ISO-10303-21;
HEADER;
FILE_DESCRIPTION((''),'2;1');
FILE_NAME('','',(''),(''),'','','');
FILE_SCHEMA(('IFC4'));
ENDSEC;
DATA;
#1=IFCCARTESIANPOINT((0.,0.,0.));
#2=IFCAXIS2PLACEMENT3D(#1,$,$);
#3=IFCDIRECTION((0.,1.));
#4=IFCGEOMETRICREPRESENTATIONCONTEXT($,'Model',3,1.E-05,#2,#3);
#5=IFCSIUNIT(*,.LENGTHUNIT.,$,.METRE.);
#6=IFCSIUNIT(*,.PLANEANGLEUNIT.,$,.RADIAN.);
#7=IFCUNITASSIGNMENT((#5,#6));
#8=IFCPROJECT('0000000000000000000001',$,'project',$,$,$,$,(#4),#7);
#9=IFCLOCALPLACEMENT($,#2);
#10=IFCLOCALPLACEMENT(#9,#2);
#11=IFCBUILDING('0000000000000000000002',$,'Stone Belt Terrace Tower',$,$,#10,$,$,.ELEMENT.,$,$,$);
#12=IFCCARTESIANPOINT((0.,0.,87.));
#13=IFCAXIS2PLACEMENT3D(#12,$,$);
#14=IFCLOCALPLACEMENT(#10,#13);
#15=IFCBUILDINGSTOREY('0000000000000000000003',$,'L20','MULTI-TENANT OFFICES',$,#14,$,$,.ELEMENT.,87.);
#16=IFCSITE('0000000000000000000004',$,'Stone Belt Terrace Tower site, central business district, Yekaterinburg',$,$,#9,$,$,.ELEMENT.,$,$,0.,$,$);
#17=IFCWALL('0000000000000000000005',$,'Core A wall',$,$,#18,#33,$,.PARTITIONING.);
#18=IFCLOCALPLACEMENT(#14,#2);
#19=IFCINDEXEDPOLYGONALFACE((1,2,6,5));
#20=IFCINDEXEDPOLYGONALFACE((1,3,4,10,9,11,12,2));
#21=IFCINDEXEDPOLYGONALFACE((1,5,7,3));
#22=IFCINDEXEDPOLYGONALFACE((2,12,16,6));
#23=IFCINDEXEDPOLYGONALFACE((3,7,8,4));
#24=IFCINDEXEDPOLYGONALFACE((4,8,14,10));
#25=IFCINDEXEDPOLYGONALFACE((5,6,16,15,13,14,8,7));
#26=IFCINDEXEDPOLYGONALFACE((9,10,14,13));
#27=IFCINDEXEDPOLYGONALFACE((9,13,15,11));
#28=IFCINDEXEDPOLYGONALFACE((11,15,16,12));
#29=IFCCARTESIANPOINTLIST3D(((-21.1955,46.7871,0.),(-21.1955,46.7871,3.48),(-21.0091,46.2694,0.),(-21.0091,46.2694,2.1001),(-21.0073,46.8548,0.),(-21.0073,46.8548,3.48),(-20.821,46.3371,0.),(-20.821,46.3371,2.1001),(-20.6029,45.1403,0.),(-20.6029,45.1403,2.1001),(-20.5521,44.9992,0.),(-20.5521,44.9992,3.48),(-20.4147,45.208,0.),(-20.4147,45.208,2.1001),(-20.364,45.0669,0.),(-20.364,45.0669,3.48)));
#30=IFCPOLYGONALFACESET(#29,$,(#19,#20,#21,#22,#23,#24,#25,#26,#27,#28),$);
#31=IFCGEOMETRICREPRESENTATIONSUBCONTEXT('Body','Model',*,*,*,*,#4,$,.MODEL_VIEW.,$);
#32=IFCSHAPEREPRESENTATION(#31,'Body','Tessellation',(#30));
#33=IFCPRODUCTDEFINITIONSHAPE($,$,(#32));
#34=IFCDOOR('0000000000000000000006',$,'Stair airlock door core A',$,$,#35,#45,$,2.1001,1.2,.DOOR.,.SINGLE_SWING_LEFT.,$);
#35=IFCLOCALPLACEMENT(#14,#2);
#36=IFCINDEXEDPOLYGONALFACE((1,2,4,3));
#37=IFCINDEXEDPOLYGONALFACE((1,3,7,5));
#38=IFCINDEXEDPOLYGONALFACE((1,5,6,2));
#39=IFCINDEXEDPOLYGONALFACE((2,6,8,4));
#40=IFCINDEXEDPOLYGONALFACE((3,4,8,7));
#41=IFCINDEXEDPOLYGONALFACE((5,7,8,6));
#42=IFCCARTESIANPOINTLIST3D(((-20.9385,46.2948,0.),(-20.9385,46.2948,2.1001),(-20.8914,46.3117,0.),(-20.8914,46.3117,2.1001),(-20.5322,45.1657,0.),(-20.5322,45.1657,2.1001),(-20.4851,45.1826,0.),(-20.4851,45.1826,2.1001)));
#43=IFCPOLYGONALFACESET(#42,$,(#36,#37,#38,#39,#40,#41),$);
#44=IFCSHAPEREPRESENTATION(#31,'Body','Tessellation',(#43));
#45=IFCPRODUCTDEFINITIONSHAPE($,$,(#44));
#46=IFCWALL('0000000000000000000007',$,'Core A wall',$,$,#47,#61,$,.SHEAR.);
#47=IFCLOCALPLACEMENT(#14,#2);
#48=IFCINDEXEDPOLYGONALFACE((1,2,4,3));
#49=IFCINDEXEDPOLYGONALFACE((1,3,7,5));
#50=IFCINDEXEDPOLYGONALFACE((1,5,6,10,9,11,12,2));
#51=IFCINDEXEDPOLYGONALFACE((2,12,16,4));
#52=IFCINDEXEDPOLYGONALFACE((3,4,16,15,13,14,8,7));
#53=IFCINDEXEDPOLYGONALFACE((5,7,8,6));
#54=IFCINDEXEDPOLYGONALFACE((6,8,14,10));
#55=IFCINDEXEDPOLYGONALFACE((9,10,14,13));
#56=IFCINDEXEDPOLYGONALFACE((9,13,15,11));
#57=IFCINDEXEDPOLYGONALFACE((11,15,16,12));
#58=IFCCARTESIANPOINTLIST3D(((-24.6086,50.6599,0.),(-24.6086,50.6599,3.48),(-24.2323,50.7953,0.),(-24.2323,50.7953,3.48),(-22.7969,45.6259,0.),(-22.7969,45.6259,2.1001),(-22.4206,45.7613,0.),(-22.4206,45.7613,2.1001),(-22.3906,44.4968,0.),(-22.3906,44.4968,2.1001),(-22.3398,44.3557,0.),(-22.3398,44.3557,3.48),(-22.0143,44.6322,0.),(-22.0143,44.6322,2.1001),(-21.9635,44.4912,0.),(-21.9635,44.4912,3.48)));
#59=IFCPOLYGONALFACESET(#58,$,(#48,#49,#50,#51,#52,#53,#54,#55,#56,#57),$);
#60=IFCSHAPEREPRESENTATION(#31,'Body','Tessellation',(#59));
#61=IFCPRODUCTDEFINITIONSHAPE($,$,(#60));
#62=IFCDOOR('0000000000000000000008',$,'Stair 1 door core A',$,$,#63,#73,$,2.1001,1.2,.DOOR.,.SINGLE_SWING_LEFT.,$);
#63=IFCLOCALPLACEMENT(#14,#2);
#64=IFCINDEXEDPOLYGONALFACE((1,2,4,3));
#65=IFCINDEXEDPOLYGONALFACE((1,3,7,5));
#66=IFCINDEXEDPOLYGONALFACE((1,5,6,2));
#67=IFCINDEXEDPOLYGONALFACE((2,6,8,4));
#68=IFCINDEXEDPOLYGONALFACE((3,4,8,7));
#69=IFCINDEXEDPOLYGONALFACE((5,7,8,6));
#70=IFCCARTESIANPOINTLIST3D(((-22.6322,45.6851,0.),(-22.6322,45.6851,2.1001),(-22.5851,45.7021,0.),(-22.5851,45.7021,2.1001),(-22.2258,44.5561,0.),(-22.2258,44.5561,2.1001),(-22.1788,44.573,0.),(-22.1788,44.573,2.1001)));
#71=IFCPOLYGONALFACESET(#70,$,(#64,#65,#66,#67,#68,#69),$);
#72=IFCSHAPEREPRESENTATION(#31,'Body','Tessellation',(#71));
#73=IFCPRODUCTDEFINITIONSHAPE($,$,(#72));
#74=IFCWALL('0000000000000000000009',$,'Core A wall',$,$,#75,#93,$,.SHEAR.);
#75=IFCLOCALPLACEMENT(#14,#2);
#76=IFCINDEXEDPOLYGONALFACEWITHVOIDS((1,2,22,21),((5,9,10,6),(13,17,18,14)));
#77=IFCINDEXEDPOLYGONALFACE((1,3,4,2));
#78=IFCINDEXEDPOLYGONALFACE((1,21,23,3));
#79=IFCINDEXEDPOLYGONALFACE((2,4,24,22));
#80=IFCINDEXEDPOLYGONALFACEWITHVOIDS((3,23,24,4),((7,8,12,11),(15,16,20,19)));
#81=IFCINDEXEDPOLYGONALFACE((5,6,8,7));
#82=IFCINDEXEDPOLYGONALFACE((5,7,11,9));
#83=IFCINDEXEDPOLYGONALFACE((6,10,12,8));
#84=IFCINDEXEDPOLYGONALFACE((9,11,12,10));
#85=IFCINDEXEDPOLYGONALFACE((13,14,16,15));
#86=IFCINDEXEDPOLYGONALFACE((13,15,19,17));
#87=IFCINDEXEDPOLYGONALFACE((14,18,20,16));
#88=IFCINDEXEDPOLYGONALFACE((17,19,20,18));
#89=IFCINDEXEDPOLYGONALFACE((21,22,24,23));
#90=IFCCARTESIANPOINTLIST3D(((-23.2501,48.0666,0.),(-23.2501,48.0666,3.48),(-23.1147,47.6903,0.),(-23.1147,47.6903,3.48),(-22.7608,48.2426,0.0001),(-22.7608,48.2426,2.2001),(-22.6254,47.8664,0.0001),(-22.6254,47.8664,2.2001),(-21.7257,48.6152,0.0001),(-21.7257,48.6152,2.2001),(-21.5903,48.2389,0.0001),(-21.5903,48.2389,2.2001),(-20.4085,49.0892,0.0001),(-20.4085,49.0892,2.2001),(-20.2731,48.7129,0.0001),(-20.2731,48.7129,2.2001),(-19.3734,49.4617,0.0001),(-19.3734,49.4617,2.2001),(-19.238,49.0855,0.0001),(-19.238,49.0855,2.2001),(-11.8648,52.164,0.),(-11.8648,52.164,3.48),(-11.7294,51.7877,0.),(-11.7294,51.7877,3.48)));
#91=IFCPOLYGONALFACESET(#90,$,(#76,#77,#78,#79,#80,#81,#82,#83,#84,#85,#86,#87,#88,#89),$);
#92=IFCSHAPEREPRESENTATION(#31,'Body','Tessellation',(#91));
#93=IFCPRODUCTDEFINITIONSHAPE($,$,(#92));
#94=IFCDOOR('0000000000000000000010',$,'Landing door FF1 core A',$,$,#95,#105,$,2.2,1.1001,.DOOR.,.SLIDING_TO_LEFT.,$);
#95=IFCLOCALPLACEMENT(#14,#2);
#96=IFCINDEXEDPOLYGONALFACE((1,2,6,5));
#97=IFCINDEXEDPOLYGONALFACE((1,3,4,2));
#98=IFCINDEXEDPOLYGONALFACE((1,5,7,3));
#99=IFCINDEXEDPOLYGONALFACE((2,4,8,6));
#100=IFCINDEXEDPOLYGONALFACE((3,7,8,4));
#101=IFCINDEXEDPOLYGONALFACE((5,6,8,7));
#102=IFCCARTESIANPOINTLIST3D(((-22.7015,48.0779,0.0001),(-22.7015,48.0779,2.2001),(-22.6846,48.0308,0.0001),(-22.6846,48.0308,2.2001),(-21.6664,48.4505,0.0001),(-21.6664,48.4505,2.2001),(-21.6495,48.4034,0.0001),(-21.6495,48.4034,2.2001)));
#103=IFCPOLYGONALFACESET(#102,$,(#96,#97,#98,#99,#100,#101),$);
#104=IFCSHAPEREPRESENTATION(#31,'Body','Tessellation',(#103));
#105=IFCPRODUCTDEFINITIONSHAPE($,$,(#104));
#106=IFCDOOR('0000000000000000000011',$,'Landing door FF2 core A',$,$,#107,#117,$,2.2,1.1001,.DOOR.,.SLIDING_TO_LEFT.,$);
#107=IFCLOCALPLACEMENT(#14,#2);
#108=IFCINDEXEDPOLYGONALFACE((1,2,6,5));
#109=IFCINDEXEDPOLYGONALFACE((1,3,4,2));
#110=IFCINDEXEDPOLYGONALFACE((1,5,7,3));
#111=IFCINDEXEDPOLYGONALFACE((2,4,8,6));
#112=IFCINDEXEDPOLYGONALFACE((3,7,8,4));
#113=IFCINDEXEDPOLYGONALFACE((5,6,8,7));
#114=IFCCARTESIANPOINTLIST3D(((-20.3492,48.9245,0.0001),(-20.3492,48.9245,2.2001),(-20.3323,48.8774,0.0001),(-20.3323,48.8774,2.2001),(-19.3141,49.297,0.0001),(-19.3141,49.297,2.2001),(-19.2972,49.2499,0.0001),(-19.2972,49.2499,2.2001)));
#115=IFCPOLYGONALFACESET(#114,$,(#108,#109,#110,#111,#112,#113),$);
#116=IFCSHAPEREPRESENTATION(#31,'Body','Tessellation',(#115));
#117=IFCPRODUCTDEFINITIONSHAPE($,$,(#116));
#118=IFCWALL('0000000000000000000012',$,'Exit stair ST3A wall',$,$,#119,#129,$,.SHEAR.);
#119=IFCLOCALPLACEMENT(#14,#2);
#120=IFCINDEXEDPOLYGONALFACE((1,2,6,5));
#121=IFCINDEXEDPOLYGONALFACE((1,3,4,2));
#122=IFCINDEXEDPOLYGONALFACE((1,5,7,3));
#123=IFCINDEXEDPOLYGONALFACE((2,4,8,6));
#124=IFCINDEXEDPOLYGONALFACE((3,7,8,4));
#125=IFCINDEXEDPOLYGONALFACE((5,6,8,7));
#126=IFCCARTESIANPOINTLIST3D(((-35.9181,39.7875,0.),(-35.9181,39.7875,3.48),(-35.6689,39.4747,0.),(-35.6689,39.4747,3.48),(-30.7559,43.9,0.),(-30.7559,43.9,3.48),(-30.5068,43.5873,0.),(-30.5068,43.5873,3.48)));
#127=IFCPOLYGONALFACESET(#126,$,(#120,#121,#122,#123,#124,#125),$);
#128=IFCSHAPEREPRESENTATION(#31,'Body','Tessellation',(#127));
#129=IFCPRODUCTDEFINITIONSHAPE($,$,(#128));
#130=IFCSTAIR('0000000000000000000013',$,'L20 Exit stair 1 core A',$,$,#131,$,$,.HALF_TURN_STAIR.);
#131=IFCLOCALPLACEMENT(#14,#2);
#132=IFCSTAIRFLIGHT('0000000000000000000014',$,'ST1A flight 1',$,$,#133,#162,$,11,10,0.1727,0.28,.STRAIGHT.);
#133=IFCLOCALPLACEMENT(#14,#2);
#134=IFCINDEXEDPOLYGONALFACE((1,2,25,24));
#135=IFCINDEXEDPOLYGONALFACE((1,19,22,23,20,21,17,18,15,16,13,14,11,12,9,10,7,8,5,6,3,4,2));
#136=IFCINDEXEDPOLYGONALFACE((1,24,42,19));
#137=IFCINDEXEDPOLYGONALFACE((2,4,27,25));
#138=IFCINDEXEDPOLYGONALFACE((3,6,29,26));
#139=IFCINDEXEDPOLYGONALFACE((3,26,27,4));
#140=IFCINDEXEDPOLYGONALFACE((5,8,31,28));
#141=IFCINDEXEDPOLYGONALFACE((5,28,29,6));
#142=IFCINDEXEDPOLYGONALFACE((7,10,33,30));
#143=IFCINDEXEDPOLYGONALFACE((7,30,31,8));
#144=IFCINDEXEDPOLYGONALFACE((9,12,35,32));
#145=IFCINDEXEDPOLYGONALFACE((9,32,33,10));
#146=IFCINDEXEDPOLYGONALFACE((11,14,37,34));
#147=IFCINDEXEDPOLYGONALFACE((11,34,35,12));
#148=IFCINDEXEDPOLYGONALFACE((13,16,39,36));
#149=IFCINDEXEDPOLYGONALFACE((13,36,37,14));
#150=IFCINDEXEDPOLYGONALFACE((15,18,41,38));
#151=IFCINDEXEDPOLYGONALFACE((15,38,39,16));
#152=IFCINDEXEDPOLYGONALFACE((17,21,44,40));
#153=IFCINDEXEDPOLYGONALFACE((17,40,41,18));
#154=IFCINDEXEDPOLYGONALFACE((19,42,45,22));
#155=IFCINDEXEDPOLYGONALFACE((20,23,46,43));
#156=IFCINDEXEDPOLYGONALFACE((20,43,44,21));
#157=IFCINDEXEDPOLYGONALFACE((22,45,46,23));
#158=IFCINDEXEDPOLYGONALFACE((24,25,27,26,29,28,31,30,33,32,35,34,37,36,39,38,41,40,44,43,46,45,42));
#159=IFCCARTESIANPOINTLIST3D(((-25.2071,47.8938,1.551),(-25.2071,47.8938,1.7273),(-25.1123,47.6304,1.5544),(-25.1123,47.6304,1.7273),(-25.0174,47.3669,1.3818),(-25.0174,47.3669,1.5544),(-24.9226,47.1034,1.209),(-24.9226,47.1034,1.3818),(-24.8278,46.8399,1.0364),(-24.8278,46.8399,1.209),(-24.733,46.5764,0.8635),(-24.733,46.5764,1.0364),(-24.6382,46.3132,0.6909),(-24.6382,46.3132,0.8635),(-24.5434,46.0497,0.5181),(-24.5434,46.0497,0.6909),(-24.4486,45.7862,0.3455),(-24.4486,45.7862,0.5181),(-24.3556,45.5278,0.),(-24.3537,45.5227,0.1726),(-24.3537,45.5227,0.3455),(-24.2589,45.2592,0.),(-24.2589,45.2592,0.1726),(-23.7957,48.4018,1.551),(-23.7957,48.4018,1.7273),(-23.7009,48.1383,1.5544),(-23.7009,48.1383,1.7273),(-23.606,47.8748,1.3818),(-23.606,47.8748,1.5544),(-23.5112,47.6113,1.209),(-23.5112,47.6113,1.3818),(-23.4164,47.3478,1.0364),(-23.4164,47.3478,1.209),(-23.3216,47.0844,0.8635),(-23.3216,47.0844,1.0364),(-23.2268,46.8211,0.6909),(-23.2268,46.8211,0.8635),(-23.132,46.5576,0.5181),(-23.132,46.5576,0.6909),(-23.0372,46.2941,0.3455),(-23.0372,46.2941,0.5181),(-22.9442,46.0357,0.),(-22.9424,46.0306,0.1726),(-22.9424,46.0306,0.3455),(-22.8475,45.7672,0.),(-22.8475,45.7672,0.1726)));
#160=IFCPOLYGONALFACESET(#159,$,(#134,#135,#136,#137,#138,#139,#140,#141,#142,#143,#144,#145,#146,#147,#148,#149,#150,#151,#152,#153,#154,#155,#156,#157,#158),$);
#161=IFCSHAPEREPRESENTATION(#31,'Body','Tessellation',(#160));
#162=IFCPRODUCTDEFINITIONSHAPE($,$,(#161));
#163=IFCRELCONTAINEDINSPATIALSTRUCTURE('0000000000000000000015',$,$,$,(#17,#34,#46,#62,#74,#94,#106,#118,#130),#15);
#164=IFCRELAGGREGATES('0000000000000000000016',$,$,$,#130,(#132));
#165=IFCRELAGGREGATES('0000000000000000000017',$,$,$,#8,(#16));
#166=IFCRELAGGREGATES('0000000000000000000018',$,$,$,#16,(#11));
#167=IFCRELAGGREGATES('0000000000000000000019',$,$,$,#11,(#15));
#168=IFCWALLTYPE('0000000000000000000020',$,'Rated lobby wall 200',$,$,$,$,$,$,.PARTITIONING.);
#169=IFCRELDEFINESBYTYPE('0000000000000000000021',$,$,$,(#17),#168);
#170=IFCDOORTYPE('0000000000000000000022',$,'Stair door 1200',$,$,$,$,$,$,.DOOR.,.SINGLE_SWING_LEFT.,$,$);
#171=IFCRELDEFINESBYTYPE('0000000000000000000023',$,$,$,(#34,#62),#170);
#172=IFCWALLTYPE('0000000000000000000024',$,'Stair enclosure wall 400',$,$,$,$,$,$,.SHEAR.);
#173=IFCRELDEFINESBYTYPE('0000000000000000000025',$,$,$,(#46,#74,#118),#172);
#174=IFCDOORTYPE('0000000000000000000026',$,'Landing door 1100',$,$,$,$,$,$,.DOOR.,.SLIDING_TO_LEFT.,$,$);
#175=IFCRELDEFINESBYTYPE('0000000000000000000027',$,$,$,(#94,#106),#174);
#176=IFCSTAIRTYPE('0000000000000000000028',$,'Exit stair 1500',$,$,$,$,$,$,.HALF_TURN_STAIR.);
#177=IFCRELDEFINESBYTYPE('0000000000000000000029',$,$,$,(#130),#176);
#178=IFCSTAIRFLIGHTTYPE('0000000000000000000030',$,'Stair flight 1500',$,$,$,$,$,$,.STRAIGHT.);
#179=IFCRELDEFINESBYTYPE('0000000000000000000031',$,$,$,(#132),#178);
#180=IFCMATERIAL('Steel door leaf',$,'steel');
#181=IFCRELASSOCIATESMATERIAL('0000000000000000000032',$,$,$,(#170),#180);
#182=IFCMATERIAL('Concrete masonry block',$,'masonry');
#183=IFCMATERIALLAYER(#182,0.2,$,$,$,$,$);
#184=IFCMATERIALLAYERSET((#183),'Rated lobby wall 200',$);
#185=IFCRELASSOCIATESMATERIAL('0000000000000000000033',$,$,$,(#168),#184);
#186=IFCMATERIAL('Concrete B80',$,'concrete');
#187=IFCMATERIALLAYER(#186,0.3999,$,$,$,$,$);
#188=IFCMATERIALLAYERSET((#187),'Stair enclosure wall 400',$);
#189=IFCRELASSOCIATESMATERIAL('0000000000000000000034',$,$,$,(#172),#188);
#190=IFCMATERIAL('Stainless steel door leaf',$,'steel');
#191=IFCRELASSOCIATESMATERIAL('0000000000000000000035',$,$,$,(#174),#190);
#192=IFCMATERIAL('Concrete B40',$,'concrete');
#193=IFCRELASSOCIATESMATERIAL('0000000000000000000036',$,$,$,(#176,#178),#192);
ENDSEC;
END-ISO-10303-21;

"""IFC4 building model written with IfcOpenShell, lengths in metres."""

from ifc_helpers import new_model, si_unit, direction, frame, frame_2d, origin, place, context, subcontext, project, spatial, polyline, rectangle, outline, extrude, material, layer, layer_set, type_object, element, fill, aggregate, save


model = new_model("IFC4")

# Units and contexts
model_context = context("Model", 3, precision=1e-05, world=origin(), true_north=direction((0.0, 1.0)))
body_context = subcontext(model_context, "Body", "Model", "MODEL_VIEW")
ifc_project = project(units=[si_unit("LENGTHUNIT", "METRE"), si_unit("PLANEANGLEUNIT", "RADIAN")], contexts=[model_context])

# Site, building, storey
site_placement = place(None, origin())
site = spatial("IfcSite", under=ifc_project, at=site_placement, Name="Stone Belt Terrace Tower site, central business district, Yekaterinburg", CompositionType="ELEMENT", RefElevation=0.0)
building_placement = place(site_placement, origin())
building = spatial("IfcBuilding", under=site, at=building_placement, Name="Stone Belt Terrace Tower", CompositionType="ELEMENT")
storey_placement = place(building_placement, frame((0.0, 0.0, 87.0)))
storey = spatial("IfcBuildingStorey", under=building, at=storey_placement, Name="L20", Description="MULTI-TENANT OFFICES", CompositionType="ELEMENT", Elevation=87.0)

# Shared definitions
ifc_material_1 = material(Name="Concrete B80", Category="concrete")
ifc_material_2 = material(Name="Steel door leaf", Category="steel")
door_type_1 = type_object("IfcDoorType", Name="Stair door 1200", OperationType="SINGLE_SWING_LEFT", PredefinedType="DOOR", material=ifc_material_2)

# Shared definitions
ifc_material_3 = material(Name="Concrete masonry block", Category="masonry")
ifc_layer_1 = layer(ifc_material_3, 0.2)
ifc_layer_set_1 = layer_set([ifc_layer_1], Name="Rated lobby wall 200")
wall_type_1 = type_object("IfcWallType", Name="Rated lobby wall 200", PredefinedType="PARTITIONING", material=ifc_layer_set_1)

# Walls, openings, doors
wall_1_placement = place(storey_placement, frame((-20.458, 45.033, 0.0), z_axis=(0.0, 0.0, 1.0), x_axis=(-0.338574, 0.94094, 0.0)))
wall_1 = element("IfcWall", 1, at=wall_1_placement, inside=storey, type_object=wall_type_1, Name="Core A wall", PredefinedType="PARTITIONING", context=body_context, shape_type="SweptSolid", body=[
    extrude(rectangle(XDim=1.9001, YDim=0.2, at=frame_2d((0.9502, 0.0))), origin(), (0.0, 0.0, 1.0), 3.48),
])
opening_1_placement = place(wall_1_placement, frame((0.1499, 0.0, 0.0)))
opening_1 = element("IfcOpeningElement", 2, at=opening_1_placement, cuts=wall_1, PredefinedType="OPENING", context=body_context, shape_type="SweptSolid", body=[
    extrude(rectangle(XDim=1.2, YDim=2.1001, at=frame_2d((0.6001, 1.05))), frame((0.0, 0.1099, 0.0), z_axis=(0.0, -1.0, 0.0), x_axis=(1.0, 0.0, 0.0)), (0.0, 0.0, 1.0), 0.22),
])
door_1_placement = place(opening_1_placement, origin())
door_1 = element("IfcDoor", 3, at=door_1_placement, inside=storey, type_object=door_type_1, Name="Stair airlock door core A", OperationType="SINGLE_SWING_LEFT", OverallHeight=2.1001, OverallWidth=1.2, PredefinedType="DOOR", context=body_context, shape_type="SweptSolid", body=[
    extrude(rectangle(XDim=1.2, YDim=2.1001, at=frame_2d((0.6001, 1.05))), frame((0.0, 0.0249, 0.0), z_axis=(0.0, -1.0, 0.0), x_axis=(1.0, 0.0, 0.0)), (0.0, 0.0, 1.0), 0.05),
])
fill(opening_1, door_1)
ifc_layer_2 = layer(ifc_material_1, 0.3999)
ifc_layer_set_2 = layer_set([ifc_layer_2], Name="Stair enclosure wall 400")
wall_type_2 = type_object("IfcWallType", Name="Stair enclosure wall 400", PredefinedType="SHEAR", material=ifc_layer_set_2)
wall_2_placement = place(storey_placement, frame((-22.1516, 44.4233, 0.0), z_axis=(0.0, 0.0, 1.0), x_axis=(-0.338625, 0.940921, 0.0)))
wall_2 = element("IfcWall", 4, at=wall_2_placement, inside=storey, type_object=wall_type_2, Name="Core A wall", PredefinedType="SHEAR", context=body_context, shape_type="SweptSolid", body=[
    extrude(rectangle(XDim=6.7, YDim=0.3999, at=frame_2d((3.3501, 0.0))), origin(), (0.0, 0.0, 1.0), 3.48),
])
opening_2_placement = place(wall_2_placement, frame((0.1499, 0.0, 0.0)))
opening_2 = element("IfcOpeningElement", 5, at=opening_2_placement, cuts=wall_2, PredefinedType="OPENING", context=body_context, shape_type="SweptSolid", body=[
    extrude(rectangle(XDim=1.2, YDim=2.1001, at=frame_2d((0.6001, 1.05))), frame((0.0, 0.21, 0.0), z_axis=(0.0, -1.0, 0.0), x_axis=(1.0, 0.0, 0.0)), (0.0, 0.0, 1.0), 0.4199),
])
door_2_placement = place(opening_2_placement, origin())
door_2 = element("IfcDoor", 6, at=door_2_placement, inside=storey, type_object=door_type_1, Name="Stair 1 door core A", OperationType="SINGLE_SWING_LEFT", OverallHeight=2.1001, OverallWidth=1.2, PredefinedType="DOOR", context=body_context, shape_type="SweptSolid", body=[
    extrude(rectangle(XDim=1.2, YDim=2.1001, at=frame_2d((0.6001, 1.05))), frame((0.0, 0.0249, 0.0), z_axis=(0.0, -1.0, 0.0), x_axis=(1.0, 0.0, 0.0)), (0.0, 0.0, 1.0), 0.05),
])
fill(opening_2, door_2)

# Wall, openings, doors
wall_3_placement = place(storey_placement, frame((-23.1824, 47.8784, 0.0), z_axis=(0.0, 0.0, 1.0), x_axis=(0.940921, 0.338626, 0.0)))
wall_3 = element("IfcWall", 7, at=wall_3_placement, inside=storey, type_object=wall_type_2, Name="Core A wall", PredefinedType="SHEAR", context=body_context, shape_type="SweptSolid", body=[
    extrude(rectangle(XDim=12.1001, YDim=0.3999, at=frame_2d((6.05, 0.0))), origin(), (0.0, 0.0, 1.0), 3.48),
])
opening_3_placement = place(wall_3_placement, frame((0.52, 0.0, 0.0)))
opening_3 = element("IfcOpeningElement", 8, at=opening_3_placement, cuts=wall_3, PredefinedType="OPENING", context=body_context, shape_type="SweptSolid", body=[
    extrude(rectangle(XDim=1.1001, YDim=2.2, at=frame_2d((0.55, 1.1001))), frame((0.0, 0.21, 0.0), z_axis=(0.0, -1.0, 0.0), x_axis=(1.0, 0.0, 0.0)), (0.0, 0.0, 1.0), 0.4199),
])
opening_4_placement = place(wall_3_placement, frame((3.02, 0.0, 0.0)))
opening_4 = element("IfcOpeningElement", 9, at=opening_4_placement, cuts=wall_3, PredefinedType="OPENING", context=body_context, shape_type="SweptSolid", body=[
    extrude(rectangle(XDim=1.1001, YDim=2.2, at=frame_2d((0.55, 1.1001))), frame((0.0, 0.21, 0.0), z_axis=(0.0, -1.0, 0.0), x_axis=(1.0, 0.0, 0.0)), (0.0, 0.0, 1.0), 0.4199),
])
ifc_material_4 = material(Name="Stainless steel door leaf", Category="steel")
door_type_2 = type_object("IfcDoorType", Name="Landing door 1100", OperationType="SLIDING_TO_LEFT", PredefinedType="DOOR", material=ifc_material_4)
door_3_placement = place(opening_3_placement, origin())
door_3 = element("IfcDoor", 10, at=door_3_placement, inside=storey, type_object=door_type_2, Name="Landing door FF1 core A", OperationType="SLIDING_TO_LEFT", OverallHeight=2.2, OverallWidth=1.1001, PredefinedType="DOOR", context=body_context, shape_type="SweptSolid", body=[
    extrude(rectangle(XDim=1.1001, YDim=2.2, at=frame_2d((0.55, 1.1001))), frame((0.0, 0.0249, 0.0), z_axis=(0.0, -1.0, 0.0), x_axis=(1.0, 0.0, 0.0)), (0.0, 0.0, 1.0), 0.05),
])
fill(opening_3, door_3)
door_4_placement = place(opening_4_placement, origin())
door_4 = element("IfcDoor", 11, at=door_4_placement, inside=storey, type_object=door_type_2, Name="Landing door FF2 core A", OperationType="SLIDING_TO_LEFT", OverallHeight=2.2, OverallWidth=1.1001, PredefinedType="DOOR", context=body_context, shape_type="SweptSolid", body=[
    extrude(rectangle(XDim=1.1001, YDim=2.2, at=frame_2d((0.55, 1.1001))), frame((0.0, 0.0249, 0.0), z_axis=(0.0, -1.0, 0.0), x_axis=(1.0, 0.0, 0.0)), (0.0, 0.0, 1.0), 0.05),
])
fill(opening_4, door_4)

# Wall
wall_4_placement = place(storey_placement, frame((-30.6313, 43.7437, 0.0), z_axis=(0.0, 0.0, 1.0), x_axis=(-0.782134, -0.62311, 0.0)))
element("IfcWall", 12, at=wall_4_placement, inside=storey, type_object=wall_type_2, Name="Exit stair ST3A wall", PredefinedType="SHEAR", context=body_context, shape_type="SweptSolid", body=[
    extrude(rectangle(XDim=6.6001, YDim=0.3999, at=frame_2d((3.3, 0.0))), origin(), (0.0, 0.0, 1.0), 3.48),
])

# Stair, stair flight
ifc_material_5 = material(Name="Concrete B40", Category="concrete")
stair_type = type_object("IfcStairType", Name="Exit stair 1500", PredefinedType="HALF_TURN_STAIR", material=ifc_material_5)
stair_placement = place(storey_placement, origin())
stair = element("IfcStair", 13, at=stair_placement, inside=storey, type_object=stair_type, Name="L20 Exit stair 1 core A", PredefinedType="HALF_TURN_STAIR")
stair_flight_type = type_object("IfcStairFlightType", Name="Stair flight 1500", PredefinedType="STRAIGHT", material=ifc_material_5)
stair_flight_1_placement = place(storey_placement, frame((-23.5532, 45.5132, 0.0), z_axis=(0.0, 0.0, 1.0), x_axis=(-0.338624, 0.940922, 0.0)))
stair_flight_1 = element("IfcStairFlight", 14, at=stair_flight_1_placement, type_object=stair_flight_type, Name="ST1A flight 1", NumberOfRisers=11, NumberOfTreads=10, PredefinedType="STRAIGHT", RiserHeight=0.1727, TreadLength=0.28, context=body_context, shape_type="SweptSolid", body=[
    extrude(outline(polyline([(0.0, 0.0), (0.0, 0.1726), (0.28, 0.1726), (0.28, 0.3455), (0.5601, 0.3455), (0.5601, 0.5181), (0.8401, 0.5181), (0.8401, 0.6909), (1.1201, 0.6909), (1.1201, 0.8635), (1.3999, 0.8635), (1.3999, 1.0364), (1.6799, 1.0364), (1.6799, 1.209), (1.96, 1.209), (1.96, 1.3818), (2.24, 1.3818), (2.24, 1.5544), (2.52, 1.5544), (2.52, 1.7273), (2.8, 1.7273), (2.8, 1.8999), (2.8, 1.551), (0.2854, 0.0), (0.0, 0.0)])), frame((0.0, 0.75, 0.0), z_axis=(0.0, -1.0, 0.0), x_axis=(1.0, 0.0, 0.0)), (0.0, 0.0, 1.0), 1.5),
])
aggregate(stair, [stair_flight_1])

save(model, "model.ifc")
